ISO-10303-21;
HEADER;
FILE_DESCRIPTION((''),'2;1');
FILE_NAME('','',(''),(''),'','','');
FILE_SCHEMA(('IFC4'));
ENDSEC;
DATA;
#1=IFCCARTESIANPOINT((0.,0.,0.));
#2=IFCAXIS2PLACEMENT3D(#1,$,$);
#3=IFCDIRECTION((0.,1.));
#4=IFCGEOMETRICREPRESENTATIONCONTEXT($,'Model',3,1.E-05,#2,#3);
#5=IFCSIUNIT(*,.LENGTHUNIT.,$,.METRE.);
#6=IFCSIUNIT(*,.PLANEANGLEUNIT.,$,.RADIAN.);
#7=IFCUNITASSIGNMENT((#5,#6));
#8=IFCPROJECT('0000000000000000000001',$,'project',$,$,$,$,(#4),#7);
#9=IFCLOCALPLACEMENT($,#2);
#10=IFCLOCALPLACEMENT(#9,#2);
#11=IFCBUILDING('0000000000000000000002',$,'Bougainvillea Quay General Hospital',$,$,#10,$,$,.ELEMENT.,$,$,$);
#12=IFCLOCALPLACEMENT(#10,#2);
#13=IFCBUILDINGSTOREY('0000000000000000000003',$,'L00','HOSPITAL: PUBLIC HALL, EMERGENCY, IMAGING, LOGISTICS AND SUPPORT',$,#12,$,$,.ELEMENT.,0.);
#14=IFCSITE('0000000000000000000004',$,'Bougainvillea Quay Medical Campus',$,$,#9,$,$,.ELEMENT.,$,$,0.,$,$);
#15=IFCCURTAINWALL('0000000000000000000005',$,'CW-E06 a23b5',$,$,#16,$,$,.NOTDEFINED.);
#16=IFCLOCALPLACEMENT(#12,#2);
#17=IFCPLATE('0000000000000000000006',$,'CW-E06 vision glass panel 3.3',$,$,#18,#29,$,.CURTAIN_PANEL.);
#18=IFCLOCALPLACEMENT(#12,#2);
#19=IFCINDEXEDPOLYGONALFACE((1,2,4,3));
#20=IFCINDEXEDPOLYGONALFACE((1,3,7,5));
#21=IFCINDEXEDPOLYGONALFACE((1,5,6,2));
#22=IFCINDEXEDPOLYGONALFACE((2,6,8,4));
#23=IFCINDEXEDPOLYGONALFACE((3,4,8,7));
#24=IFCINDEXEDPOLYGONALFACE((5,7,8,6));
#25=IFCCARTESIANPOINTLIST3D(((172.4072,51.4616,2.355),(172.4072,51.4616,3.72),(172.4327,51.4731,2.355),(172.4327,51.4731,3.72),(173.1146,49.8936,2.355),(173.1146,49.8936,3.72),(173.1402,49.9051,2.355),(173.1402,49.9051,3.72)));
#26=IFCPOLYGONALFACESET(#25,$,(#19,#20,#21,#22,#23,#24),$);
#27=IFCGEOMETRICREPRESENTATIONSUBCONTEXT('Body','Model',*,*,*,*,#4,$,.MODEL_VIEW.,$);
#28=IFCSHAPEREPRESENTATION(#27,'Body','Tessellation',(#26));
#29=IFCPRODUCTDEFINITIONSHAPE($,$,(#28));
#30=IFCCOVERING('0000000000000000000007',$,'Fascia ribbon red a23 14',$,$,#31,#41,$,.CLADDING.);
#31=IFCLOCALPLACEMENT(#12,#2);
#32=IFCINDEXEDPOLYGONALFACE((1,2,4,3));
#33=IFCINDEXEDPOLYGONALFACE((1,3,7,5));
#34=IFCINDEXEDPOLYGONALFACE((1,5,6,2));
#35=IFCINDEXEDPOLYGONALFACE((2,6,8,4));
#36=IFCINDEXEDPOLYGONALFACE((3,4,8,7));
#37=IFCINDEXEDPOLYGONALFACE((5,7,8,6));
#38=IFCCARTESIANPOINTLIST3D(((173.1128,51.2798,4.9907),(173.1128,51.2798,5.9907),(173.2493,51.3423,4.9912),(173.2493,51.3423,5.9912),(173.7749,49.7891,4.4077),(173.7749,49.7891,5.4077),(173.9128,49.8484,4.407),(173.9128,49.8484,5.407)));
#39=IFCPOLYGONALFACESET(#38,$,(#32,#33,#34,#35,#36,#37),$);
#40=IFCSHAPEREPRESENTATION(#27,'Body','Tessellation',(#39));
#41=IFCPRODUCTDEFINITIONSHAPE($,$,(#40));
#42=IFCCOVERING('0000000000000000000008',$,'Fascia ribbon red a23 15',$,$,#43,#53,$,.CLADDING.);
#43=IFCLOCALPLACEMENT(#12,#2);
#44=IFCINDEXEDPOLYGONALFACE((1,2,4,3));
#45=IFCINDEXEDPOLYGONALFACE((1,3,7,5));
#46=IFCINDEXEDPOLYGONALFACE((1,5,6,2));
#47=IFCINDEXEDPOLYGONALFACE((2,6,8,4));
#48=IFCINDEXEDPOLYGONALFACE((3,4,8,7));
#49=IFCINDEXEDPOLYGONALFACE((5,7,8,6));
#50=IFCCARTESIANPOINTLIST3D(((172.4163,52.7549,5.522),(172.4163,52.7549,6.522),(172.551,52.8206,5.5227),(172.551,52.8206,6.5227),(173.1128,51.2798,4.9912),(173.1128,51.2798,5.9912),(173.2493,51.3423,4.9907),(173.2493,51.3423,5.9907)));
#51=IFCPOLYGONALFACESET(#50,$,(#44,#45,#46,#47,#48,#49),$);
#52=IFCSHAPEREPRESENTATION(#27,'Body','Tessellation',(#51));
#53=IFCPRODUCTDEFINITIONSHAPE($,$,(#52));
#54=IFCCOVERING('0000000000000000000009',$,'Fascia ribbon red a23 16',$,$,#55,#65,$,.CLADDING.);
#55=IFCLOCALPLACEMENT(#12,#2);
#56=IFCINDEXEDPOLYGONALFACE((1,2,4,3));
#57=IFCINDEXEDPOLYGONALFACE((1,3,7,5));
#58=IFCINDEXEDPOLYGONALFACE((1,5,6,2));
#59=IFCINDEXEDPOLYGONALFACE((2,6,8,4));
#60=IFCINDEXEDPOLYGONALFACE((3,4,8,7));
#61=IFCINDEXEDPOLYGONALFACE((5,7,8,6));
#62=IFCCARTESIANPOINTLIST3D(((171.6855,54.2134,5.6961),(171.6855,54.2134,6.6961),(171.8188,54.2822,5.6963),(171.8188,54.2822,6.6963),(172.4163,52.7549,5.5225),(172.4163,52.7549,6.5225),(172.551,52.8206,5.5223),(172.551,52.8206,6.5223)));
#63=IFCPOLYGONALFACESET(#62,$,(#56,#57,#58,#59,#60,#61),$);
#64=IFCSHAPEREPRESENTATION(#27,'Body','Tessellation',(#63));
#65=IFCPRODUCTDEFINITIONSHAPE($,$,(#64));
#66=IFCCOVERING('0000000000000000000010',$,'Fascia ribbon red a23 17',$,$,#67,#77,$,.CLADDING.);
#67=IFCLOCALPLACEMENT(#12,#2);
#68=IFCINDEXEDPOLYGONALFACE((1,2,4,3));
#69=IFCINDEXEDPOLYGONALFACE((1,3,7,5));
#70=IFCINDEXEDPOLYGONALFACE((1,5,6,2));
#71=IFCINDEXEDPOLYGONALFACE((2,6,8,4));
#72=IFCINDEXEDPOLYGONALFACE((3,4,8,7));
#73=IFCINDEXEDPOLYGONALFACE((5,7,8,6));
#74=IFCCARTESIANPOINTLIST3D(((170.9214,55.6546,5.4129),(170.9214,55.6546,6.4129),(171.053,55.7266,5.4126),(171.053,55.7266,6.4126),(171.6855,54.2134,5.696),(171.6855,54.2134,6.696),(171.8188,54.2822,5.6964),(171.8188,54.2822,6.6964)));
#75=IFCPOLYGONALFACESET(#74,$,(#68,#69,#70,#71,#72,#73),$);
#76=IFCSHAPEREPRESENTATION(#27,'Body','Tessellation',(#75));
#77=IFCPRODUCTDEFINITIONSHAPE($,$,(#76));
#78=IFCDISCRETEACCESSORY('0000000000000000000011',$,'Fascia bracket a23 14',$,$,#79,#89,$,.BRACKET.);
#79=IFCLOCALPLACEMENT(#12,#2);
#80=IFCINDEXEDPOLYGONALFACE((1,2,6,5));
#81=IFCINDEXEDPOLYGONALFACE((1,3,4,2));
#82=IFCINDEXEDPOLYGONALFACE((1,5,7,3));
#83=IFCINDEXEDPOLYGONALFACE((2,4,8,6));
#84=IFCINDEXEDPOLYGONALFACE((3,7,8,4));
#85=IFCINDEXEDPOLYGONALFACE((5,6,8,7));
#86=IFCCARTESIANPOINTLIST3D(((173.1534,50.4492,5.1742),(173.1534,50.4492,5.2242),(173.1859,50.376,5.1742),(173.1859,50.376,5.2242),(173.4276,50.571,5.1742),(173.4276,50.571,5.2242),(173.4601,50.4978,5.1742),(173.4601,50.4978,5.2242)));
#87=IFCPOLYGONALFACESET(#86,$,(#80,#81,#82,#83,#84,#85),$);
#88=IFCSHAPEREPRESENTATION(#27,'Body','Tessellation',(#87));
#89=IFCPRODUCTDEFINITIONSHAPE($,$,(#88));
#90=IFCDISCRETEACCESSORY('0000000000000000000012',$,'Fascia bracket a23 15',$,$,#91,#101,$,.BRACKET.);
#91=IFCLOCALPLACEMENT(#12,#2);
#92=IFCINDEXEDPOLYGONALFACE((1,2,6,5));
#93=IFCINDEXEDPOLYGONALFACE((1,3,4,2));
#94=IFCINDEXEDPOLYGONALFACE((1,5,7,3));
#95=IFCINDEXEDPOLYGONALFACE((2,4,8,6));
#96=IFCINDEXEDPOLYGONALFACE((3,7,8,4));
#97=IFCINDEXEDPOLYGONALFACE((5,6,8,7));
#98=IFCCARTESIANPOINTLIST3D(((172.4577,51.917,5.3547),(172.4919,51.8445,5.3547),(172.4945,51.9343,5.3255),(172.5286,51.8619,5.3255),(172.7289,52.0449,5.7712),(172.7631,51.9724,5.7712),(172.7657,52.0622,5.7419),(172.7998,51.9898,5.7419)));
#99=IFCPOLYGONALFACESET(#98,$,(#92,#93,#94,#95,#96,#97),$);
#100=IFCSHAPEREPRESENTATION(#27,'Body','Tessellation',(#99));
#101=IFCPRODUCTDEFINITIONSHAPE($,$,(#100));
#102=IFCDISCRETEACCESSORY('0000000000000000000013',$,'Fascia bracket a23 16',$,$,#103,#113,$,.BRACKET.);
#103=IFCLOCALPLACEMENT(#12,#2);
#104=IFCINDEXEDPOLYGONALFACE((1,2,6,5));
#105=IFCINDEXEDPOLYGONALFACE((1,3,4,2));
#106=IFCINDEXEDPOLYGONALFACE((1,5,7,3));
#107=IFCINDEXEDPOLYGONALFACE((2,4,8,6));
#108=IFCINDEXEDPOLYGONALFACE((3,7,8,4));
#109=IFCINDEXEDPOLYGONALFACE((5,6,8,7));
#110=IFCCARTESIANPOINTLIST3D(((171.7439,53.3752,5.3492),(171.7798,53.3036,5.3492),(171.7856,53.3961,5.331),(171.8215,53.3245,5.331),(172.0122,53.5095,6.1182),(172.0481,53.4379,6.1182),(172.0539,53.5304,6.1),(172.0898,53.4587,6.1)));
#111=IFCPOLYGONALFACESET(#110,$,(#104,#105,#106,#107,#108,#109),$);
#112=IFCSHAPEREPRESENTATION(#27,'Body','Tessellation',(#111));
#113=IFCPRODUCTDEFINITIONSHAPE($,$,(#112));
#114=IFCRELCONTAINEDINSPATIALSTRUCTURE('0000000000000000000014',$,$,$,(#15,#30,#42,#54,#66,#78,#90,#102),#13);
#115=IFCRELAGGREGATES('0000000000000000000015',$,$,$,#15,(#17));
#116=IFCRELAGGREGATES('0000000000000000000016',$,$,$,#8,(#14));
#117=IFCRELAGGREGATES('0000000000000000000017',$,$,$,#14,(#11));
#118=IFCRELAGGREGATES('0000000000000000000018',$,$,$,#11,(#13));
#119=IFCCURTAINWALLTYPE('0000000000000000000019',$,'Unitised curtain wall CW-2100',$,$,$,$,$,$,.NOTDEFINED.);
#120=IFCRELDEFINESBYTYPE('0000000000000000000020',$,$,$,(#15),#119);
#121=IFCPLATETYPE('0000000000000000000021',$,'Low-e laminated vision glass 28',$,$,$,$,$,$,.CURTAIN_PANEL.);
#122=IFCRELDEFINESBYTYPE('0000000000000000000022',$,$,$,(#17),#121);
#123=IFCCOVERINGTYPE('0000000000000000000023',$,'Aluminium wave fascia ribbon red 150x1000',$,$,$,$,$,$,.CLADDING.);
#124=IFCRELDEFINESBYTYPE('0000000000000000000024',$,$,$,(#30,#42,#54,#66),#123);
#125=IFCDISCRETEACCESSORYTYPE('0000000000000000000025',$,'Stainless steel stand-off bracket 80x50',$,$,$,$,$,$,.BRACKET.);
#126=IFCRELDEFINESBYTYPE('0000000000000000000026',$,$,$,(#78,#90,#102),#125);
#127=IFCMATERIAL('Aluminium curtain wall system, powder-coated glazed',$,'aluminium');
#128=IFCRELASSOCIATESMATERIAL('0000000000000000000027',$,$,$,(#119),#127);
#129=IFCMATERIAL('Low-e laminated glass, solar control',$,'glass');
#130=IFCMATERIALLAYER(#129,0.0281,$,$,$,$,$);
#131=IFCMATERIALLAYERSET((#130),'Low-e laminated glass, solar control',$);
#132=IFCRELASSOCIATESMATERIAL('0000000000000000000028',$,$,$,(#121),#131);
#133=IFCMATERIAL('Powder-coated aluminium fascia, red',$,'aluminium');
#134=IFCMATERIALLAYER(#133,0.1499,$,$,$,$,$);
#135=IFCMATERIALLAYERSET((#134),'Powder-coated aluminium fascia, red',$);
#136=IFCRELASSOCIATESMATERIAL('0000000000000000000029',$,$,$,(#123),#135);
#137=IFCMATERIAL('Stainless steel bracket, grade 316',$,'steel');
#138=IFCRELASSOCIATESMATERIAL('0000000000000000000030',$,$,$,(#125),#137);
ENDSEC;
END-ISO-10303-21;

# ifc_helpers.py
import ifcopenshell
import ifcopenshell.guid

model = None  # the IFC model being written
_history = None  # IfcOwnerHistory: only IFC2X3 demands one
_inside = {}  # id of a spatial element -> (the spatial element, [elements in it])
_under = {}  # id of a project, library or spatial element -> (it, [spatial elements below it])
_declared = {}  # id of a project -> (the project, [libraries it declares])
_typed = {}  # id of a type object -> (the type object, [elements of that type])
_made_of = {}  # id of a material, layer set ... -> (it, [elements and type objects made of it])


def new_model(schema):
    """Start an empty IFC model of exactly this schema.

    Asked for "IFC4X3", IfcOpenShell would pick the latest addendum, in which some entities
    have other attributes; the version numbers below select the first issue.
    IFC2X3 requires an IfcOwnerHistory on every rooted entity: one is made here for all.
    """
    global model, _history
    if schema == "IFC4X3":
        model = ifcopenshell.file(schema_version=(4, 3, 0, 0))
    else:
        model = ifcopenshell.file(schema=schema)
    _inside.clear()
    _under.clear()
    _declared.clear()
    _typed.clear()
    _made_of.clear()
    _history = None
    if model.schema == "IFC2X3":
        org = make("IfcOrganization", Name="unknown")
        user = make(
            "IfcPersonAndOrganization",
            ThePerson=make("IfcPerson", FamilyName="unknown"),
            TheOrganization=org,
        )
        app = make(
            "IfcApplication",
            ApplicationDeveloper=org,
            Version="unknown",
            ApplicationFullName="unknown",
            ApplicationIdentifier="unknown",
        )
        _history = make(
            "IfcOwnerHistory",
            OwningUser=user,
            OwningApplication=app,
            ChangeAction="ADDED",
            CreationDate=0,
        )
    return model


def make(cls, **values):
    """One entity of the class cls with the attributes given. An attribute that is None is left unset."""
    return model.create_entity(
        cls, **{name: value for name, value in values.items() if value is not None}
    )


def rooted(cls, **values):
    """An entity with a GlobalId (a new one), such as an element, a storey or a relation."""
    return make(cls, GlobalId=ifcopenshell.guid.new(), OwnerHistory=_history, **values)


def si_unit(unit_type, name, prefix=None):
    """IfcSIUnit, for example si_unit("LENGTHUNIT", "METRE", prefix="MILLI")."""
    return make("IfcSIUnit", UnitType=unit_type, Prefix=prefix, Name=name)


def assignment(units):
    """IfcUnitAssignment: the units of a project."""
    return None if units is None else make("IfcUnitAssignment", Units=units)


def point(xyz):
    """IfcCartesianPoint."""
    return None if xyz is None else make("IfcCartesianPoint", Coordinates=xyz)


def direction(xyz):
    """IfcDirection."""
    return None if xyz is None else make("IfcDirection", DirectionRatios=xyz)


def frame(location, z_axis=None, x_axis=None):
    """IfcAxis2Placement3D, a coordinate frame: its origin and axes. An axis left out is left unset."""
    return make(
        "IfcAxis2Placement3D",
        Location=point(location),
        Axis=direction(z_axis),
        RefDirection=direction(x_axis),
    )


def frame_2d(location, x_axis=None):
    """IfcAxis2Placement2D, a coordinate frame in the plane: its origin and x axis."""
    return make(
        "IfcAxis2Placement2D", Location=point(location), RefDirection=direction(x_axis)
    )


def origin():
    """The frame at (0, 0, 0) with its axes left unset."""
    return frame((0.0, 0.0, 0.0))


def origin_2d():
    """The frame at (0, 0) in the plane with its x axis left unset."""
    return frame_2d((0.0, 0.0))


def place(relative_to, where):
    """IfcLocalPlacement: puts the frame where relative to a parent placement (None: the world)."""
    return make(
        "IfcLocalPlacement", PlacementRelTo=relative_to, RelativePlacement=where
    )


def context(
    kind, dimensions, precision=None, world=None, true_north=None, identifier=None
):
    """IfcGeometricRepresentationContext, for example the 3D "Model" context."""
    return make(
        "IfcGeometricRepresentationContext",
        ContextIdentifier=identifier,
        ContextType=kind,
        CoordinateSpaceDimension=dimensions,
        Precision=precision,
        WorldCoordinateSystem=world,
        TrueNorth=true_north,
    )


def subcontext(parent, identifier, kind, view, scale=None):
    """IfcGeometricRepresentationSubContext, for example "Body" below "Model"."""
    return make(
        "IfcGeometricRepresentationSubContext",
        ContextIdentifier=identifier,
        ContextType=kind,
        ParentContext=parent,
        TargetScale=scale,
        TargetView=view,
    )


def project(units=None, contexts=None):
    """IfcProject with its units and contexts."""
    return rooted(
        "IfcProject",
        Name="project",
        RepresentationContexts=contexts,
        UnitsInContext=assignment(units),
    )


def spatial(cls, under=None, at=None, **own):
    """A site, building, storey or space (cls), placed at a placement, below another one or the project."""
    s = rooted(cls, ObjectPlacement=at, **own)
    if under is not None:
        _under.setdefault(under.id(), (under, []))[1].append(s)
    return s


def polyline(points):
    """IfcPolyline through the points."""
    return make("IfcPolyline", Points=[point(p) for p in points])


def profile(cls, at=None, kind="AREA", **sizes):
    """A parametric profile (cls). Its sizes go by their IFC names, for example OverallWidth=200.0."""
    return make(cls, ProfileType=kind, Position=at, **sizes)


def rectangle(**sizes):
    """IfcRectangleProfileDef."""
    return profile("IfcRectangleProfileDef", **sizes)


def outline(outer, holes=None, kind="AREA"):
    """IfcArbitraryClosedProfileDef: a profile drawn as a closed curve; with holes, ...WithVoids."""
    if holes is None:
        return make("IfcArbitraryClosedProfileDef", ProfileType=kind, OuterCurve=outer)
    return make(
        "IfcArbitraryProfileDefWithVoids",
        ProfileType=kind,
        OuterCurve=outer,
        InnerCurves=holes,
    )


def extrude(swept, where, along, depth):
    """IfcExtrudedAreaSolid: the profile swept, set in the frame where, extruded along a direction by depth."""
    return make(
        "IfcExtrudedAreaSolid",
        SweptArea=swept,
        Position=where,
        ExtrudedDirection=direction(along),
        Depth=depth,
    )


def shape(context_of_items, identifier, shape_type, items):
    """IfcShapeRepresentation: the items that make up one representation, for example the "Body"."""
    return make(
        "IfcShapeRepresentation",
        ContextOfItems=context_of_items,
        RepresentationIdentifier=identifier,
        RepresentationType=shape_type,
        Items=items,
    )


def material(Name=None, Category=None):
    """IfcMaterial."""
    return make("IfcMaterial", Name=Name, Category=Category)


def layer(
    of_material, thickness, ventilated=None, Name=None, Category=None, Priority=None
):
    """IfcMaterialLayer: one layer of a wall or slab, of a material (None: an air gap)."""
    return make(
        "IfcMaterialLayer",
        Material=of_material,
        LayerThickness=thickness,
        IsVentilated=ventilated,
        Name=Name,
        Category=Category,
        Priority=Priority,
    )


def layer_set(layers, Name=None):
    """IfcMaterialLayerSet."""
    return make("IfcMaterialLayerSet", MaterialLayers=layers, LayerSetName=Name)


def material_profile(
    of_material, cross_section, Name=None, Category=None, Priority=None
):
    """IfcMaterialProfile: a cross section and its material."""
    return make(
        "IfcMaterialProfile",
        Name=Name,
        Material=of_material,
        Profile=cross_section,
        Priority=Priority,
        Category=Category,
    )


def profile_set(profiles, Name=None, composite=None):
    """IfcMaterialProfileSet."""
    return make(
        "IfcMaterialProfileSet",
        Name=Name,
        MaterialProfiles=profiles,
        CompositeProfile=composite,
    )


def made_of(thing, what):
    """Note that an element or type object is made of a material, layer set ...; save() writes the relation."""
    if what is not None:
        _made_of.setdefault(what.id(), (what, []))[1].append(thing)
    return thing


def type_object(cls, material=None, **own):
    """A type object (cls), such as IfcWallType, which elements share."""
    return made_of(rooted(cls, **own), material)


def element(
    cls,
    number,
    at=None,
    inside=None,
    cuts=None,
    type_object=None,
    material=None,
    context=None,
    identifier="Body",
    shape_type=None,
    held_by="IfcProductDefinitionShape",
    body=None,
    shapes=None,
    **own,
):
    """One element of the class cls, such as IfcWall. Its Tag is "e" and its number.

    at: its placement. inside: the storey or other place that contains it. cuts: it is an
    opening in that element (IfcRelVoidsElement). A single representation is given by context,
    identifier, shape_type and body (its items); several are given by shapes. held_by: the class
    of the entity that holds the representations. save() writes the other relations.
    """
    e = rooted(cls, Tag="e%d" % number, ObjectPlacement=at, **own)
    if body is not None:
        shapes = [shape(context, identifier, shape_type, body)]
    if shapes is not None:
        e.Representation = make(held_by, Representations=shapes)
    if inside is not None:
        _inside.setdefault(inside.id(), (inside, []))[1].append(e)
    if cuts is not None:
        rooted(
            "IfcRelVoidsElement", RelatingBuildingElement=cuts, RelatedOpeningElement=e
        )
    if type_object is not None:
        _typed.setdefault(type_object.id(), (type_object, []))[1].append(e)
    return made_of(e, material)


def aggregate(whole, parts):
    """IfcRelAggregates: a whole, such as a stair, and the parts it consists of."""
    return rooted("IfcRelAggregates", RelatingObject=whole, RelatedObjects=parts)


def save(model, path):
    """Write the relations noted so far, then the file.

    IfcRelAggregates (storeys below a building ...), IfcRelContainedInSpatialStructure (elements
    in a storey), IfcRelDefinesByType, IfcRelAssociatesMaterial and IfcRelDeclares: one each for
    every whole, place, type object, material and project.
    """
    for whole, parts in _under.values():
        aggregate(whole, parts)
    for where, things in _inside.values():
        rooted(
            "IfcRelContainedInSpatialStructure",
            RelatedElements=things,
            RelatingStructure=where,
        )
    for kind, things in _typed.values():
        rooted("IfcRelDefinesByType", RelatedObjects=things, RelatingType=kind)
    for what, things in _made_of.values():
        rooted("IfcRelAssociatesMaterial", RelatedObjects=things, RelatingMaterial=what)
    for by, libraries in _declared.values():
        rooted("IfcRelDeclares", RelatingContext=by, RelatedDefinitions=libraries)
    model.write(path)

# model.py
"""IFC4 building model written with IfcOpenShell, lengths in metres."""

from ifc_helpers import new_model, si_unit, direction, frame, origin, origin_2d, place, context, subcontext, project, spatial, polyline, rectangle, outline, extrude, material, layer, layer_set, material_profile, profile_set, type_object, element, aggregate, save


model = new_model("IFC4")

# Units and contexts
model_context = context("Model", 3, precision=1e-05, world=origin(), true_north=direction((0.0, 1.0)))
body_context = subcontext(model_context, "Body", "Model", "MODEL_VIEW")
ifc_project = project(units=[si_unit("LENGTHUNIT", "METRE"), si_unit("PLANEANGLEUNIT", "RADIAN")], contexts=[model_context])

# Site, building, storey
site_placement = place(None, origin())
site = spatial("IfcSite", under=ifc_project, at=site_placement, Name="Bougainvillea Quay Medical Campus", CompositionType="ELEMENT", RefElevation=0.0)
building_placement = place(site_placement, origin())
building = spatial("IfcBuilding", under=site, at=building_placement, Name="Bougainvillea Quay General Hospital", CompositionType="ELEMENT")
storey_placement = place(building_placement, origin())
storey = spatial("IfcBuildingStorey", under=building, at=storey_placement, Name="L00", Description="HOSPITAL: PUBLIC HALL, EMERGENCY, IMAGING, LOGISTICS AND SUPPORT", CompositionType="ELEMENT", Elevation=0.0)

# Curtain wall, plate
ifc_material_1 = material(Name="Aluminium curtain wall system, powder-coated glazed", Category="aluminium")
curtain_wall_type = type_object("IfcCurtainWallType", Name="Unitised curtain wall CW-2100", PredefinedType="NOTDEFINED", material=ifc_material_1)
curtain_wall_placement = place(storey_placement, origin())
curtain_wall = element("IfcCurtainWall", 1, at=curtain_wall_placement, inside=storey, type_object=curtain_wall_type, Name="CW-E06 a23b5", PredefinedType="NOTDEFINED")
ifc_material_2 = material(Name="Low-e laminated glass, solar control", Category="glass")
ifc_layer_1 = layer(ifc_material_2, 0.0281)
ifc_layer_set_1 = layer_set([ifc_layer_1], Name="Low-e laminated glass, solar control")
plate_type_1 = type_object("IfcPlateType", Name="Low-e laminated vision glass 28", PredefinedType="CURTAIN_PANEL", material=ifc_layer_set_1)
plate_1_placement = place(storey_placement, frame((172.7737, 50.6833, 2.355), z_axis=(0.0, 0.0, 1.0), x_axis=(0.41126, -0.911518, 0.0)))
plate_1 = element("IfcPlate", 2, at=plate_1_placement, type_object=plate_type_1, Name="CW-E06 vision glass panel 3.3", PredefinedType="CURTAIN_PANEL", context=body_context, shape_type="SweptSolid", body=[
    extrude(rectangle(XDim=1.7202, YDim=0.0281, at=origin_2d()), origin(), (0.0, 0.0, 1.0), 1.365),
])
aggregate(curtain_wall, [plate_1])

# Coverings
ifc_material_3 = material(Name="Powder-coated aluminium fascia, red", Category="aluminium")
ifc_layer_2 = layer(ifc_material_3, 0.1499)
ifc_layer_set_2 = layer_set([ifc_layer_2], Name="Powder-coated aluminium fascia, red")
covering_type = type_object("IfcCoveringType", Name="Aluminium wave fascia ribbon red 150x1000", PredefinedType="CLADDING", material=ifc_layer_set_2)
covering_1_placement = place(storey_placement, frame((173.7749, 49.7891, 4.4077), z_axis=(0.137264, -0.3073, 0.941661), x_axis=(-0.382236, 0.860594, 0.336562)))
element("IfcCovering", 3, at=covering_1_placement, inside=storey, type_object=covering_type, Name="Fascia ribbon red a23 14", PredefinedType="CLADDING", context=body_context, shape_type="SweptSolid", body=[
    extrude(outline(polyline([(0.0, 0.0), (1.7322, 0.0), (1.734, -0.1501), (-0.0019, -0.1501), (0.0, 0.0)])), origin(), (0.336562, 0.000667, 0.941661), 1.0),
])
covering_2_placement = place(storey_placement, frame((173.1128, 51.2798, 4.9912), z_axis=(0.131496, -0.280082, 0.950927), x_axis=(-0.406033, 0.859884, 0.309413)))
element("IfcCovering", 4, at=covering_2_placement, inside=storey, type_object=covering_type, Name="Fascia ribbon red a23 15", PredefinedType="CLADDING", context=body_context, shape_type="SweptSolid", body=[
    extrude(outline(polyline([(0.0, 0.0), (1.7155, 0.0), (1.7174, -0.1499), (-0.0018, -0.1501), (0.0, 0.0)])), origin(), (0.309413, -0.000651, 0.950927), 1.0),
])
covering_3_placement = place(storey_placement, frame((172.4163, 52.7549, 5.5225), z_axis=(0.047474, -0.094602, 0.994383), x_axis=(-0.445416, 0.889045, 0.105846)))
element("IfcCovering", 5, at=covering_3_placement, inside=storey, type_object=covering_type, Name="Fascia ribbon red a23 16", PredefinedType="CLADDING", context=body_context, shape_type="SweptSolid", body=[
    extrude(outline(polyline([(0.0, 0.0), (1.6405, 0.0), (1.6424, -0.15), (-0.0017, -0.1499), (0.0, 0.0)])), origin(), (0.105846, 0.000069, 0.994383), 1.0),
])
covering_4_placement = place(storey_placement, frame((171.6855, 54.2134, 5.696), z_axis=(-0.080297, 0.150992, 0.985268), x_axis=(-0.461557, 0.87047, -0.171015)))
element("IfcCovering", 6, at=covering_4_placement, inside=storey, type_object=covering_type, Name="Fascia ribbon red a23 17", PredefinedType="CLADDING", context=body_context, shape_type="SweptSolid", body=[
    extrude(outline(polyline([(0.0, 0.0), (1.6556, 0.0), (1.6576, -0.15), (-0.0016, -0.15), (0.0, 0.0)])), origin(), (-0.171015, -0.000205, 0.985268), 1.0),
])

# Discrete accessories
ifc_material_4 = material(Name="Stainless steel bracket, grade 316", Category="steel")
ifc_material_profile_1 = material_profile(ifc_material_4, rectangle(XDim=0.0801, YDim=0.05, at=origin_2d()))
ifc_profile_set_1 = profile_set([ifc_material_profile_1], Name="Stainless steel bracket, grade 316")
discrete_accessory_type = type_object("IfcDiscreteAccessoryType", Name="Stainless steel stand-off bracket 80x50", PredefinedType="BRACKET", material=ifc_profile_set_1)
discrete_accessory_1_placement = place(storey_placement, frame((173.1697, 50.4126, 5.1992), z_axis=(0.913845, 0.406063, 0.0), x_axis=(-0.406063, 0.913845, 0.0)))
element("IfcDiscreteAccessory", 7, at=discrete_accessory_1_placement, inside=storey, type_object=discrete_accessory_type, Name="Fascia bracket a23 14", PredefinedType="BRACKET", context=body_context, shape_type="SweptSolid", body=[
    extrude(rectangle(XDim=0.0801, YDim=0.05, at=origin_2d()), origin(), (0.0, 0.0, 1.0), 0.3),
])
discrete_accessory_2_placement = place(storey_placement, frame((172.4932, 51.8894, 5.3401), z_axis=(0.528489, 0.24926, 0.811523), x_axis=(-0.426581, 0.904449, 0.0)))
element("IfcDiscreteAccessory", 8, at=discrete_accessory_2_placement, inside=storey, type_object=discrete_accessory_type, Name="Fascia bracket a23 15", PredefinedType="BRACKET", context=body_context, shape_type="SweptSolid", body=[
    extrude(rectangle(XDim=0.0801, YDim=0.05, at=origin_2d()), origin(), (0.0, 0.0, 1.0), 0.5132),
])
discrete_accessory_3_placement = place(storey_placement, frame((171.7827, 53.3499, 5.3401), z_axis=(0.325028, 0.162662, 0.93161), x_axis=(-0.447539, 0.894264, 0.0)))
element("IfcDiscreteAccessory", 9, at=discrete_accessory_3_placement, inside=storey, type_object=discrete_accessory_type, Name="Fascia bracket a23 16", PredefinedType="BRACKET", context=body_context, shape_type="SweptSolid", body=[
    extrude(rectangle(XDim=0.0801, YDim=0.05, at=origin_2d()), origin(), (0.0, 0.0, 1.0), 0.8254),
])

save(model, "model.ifc")
